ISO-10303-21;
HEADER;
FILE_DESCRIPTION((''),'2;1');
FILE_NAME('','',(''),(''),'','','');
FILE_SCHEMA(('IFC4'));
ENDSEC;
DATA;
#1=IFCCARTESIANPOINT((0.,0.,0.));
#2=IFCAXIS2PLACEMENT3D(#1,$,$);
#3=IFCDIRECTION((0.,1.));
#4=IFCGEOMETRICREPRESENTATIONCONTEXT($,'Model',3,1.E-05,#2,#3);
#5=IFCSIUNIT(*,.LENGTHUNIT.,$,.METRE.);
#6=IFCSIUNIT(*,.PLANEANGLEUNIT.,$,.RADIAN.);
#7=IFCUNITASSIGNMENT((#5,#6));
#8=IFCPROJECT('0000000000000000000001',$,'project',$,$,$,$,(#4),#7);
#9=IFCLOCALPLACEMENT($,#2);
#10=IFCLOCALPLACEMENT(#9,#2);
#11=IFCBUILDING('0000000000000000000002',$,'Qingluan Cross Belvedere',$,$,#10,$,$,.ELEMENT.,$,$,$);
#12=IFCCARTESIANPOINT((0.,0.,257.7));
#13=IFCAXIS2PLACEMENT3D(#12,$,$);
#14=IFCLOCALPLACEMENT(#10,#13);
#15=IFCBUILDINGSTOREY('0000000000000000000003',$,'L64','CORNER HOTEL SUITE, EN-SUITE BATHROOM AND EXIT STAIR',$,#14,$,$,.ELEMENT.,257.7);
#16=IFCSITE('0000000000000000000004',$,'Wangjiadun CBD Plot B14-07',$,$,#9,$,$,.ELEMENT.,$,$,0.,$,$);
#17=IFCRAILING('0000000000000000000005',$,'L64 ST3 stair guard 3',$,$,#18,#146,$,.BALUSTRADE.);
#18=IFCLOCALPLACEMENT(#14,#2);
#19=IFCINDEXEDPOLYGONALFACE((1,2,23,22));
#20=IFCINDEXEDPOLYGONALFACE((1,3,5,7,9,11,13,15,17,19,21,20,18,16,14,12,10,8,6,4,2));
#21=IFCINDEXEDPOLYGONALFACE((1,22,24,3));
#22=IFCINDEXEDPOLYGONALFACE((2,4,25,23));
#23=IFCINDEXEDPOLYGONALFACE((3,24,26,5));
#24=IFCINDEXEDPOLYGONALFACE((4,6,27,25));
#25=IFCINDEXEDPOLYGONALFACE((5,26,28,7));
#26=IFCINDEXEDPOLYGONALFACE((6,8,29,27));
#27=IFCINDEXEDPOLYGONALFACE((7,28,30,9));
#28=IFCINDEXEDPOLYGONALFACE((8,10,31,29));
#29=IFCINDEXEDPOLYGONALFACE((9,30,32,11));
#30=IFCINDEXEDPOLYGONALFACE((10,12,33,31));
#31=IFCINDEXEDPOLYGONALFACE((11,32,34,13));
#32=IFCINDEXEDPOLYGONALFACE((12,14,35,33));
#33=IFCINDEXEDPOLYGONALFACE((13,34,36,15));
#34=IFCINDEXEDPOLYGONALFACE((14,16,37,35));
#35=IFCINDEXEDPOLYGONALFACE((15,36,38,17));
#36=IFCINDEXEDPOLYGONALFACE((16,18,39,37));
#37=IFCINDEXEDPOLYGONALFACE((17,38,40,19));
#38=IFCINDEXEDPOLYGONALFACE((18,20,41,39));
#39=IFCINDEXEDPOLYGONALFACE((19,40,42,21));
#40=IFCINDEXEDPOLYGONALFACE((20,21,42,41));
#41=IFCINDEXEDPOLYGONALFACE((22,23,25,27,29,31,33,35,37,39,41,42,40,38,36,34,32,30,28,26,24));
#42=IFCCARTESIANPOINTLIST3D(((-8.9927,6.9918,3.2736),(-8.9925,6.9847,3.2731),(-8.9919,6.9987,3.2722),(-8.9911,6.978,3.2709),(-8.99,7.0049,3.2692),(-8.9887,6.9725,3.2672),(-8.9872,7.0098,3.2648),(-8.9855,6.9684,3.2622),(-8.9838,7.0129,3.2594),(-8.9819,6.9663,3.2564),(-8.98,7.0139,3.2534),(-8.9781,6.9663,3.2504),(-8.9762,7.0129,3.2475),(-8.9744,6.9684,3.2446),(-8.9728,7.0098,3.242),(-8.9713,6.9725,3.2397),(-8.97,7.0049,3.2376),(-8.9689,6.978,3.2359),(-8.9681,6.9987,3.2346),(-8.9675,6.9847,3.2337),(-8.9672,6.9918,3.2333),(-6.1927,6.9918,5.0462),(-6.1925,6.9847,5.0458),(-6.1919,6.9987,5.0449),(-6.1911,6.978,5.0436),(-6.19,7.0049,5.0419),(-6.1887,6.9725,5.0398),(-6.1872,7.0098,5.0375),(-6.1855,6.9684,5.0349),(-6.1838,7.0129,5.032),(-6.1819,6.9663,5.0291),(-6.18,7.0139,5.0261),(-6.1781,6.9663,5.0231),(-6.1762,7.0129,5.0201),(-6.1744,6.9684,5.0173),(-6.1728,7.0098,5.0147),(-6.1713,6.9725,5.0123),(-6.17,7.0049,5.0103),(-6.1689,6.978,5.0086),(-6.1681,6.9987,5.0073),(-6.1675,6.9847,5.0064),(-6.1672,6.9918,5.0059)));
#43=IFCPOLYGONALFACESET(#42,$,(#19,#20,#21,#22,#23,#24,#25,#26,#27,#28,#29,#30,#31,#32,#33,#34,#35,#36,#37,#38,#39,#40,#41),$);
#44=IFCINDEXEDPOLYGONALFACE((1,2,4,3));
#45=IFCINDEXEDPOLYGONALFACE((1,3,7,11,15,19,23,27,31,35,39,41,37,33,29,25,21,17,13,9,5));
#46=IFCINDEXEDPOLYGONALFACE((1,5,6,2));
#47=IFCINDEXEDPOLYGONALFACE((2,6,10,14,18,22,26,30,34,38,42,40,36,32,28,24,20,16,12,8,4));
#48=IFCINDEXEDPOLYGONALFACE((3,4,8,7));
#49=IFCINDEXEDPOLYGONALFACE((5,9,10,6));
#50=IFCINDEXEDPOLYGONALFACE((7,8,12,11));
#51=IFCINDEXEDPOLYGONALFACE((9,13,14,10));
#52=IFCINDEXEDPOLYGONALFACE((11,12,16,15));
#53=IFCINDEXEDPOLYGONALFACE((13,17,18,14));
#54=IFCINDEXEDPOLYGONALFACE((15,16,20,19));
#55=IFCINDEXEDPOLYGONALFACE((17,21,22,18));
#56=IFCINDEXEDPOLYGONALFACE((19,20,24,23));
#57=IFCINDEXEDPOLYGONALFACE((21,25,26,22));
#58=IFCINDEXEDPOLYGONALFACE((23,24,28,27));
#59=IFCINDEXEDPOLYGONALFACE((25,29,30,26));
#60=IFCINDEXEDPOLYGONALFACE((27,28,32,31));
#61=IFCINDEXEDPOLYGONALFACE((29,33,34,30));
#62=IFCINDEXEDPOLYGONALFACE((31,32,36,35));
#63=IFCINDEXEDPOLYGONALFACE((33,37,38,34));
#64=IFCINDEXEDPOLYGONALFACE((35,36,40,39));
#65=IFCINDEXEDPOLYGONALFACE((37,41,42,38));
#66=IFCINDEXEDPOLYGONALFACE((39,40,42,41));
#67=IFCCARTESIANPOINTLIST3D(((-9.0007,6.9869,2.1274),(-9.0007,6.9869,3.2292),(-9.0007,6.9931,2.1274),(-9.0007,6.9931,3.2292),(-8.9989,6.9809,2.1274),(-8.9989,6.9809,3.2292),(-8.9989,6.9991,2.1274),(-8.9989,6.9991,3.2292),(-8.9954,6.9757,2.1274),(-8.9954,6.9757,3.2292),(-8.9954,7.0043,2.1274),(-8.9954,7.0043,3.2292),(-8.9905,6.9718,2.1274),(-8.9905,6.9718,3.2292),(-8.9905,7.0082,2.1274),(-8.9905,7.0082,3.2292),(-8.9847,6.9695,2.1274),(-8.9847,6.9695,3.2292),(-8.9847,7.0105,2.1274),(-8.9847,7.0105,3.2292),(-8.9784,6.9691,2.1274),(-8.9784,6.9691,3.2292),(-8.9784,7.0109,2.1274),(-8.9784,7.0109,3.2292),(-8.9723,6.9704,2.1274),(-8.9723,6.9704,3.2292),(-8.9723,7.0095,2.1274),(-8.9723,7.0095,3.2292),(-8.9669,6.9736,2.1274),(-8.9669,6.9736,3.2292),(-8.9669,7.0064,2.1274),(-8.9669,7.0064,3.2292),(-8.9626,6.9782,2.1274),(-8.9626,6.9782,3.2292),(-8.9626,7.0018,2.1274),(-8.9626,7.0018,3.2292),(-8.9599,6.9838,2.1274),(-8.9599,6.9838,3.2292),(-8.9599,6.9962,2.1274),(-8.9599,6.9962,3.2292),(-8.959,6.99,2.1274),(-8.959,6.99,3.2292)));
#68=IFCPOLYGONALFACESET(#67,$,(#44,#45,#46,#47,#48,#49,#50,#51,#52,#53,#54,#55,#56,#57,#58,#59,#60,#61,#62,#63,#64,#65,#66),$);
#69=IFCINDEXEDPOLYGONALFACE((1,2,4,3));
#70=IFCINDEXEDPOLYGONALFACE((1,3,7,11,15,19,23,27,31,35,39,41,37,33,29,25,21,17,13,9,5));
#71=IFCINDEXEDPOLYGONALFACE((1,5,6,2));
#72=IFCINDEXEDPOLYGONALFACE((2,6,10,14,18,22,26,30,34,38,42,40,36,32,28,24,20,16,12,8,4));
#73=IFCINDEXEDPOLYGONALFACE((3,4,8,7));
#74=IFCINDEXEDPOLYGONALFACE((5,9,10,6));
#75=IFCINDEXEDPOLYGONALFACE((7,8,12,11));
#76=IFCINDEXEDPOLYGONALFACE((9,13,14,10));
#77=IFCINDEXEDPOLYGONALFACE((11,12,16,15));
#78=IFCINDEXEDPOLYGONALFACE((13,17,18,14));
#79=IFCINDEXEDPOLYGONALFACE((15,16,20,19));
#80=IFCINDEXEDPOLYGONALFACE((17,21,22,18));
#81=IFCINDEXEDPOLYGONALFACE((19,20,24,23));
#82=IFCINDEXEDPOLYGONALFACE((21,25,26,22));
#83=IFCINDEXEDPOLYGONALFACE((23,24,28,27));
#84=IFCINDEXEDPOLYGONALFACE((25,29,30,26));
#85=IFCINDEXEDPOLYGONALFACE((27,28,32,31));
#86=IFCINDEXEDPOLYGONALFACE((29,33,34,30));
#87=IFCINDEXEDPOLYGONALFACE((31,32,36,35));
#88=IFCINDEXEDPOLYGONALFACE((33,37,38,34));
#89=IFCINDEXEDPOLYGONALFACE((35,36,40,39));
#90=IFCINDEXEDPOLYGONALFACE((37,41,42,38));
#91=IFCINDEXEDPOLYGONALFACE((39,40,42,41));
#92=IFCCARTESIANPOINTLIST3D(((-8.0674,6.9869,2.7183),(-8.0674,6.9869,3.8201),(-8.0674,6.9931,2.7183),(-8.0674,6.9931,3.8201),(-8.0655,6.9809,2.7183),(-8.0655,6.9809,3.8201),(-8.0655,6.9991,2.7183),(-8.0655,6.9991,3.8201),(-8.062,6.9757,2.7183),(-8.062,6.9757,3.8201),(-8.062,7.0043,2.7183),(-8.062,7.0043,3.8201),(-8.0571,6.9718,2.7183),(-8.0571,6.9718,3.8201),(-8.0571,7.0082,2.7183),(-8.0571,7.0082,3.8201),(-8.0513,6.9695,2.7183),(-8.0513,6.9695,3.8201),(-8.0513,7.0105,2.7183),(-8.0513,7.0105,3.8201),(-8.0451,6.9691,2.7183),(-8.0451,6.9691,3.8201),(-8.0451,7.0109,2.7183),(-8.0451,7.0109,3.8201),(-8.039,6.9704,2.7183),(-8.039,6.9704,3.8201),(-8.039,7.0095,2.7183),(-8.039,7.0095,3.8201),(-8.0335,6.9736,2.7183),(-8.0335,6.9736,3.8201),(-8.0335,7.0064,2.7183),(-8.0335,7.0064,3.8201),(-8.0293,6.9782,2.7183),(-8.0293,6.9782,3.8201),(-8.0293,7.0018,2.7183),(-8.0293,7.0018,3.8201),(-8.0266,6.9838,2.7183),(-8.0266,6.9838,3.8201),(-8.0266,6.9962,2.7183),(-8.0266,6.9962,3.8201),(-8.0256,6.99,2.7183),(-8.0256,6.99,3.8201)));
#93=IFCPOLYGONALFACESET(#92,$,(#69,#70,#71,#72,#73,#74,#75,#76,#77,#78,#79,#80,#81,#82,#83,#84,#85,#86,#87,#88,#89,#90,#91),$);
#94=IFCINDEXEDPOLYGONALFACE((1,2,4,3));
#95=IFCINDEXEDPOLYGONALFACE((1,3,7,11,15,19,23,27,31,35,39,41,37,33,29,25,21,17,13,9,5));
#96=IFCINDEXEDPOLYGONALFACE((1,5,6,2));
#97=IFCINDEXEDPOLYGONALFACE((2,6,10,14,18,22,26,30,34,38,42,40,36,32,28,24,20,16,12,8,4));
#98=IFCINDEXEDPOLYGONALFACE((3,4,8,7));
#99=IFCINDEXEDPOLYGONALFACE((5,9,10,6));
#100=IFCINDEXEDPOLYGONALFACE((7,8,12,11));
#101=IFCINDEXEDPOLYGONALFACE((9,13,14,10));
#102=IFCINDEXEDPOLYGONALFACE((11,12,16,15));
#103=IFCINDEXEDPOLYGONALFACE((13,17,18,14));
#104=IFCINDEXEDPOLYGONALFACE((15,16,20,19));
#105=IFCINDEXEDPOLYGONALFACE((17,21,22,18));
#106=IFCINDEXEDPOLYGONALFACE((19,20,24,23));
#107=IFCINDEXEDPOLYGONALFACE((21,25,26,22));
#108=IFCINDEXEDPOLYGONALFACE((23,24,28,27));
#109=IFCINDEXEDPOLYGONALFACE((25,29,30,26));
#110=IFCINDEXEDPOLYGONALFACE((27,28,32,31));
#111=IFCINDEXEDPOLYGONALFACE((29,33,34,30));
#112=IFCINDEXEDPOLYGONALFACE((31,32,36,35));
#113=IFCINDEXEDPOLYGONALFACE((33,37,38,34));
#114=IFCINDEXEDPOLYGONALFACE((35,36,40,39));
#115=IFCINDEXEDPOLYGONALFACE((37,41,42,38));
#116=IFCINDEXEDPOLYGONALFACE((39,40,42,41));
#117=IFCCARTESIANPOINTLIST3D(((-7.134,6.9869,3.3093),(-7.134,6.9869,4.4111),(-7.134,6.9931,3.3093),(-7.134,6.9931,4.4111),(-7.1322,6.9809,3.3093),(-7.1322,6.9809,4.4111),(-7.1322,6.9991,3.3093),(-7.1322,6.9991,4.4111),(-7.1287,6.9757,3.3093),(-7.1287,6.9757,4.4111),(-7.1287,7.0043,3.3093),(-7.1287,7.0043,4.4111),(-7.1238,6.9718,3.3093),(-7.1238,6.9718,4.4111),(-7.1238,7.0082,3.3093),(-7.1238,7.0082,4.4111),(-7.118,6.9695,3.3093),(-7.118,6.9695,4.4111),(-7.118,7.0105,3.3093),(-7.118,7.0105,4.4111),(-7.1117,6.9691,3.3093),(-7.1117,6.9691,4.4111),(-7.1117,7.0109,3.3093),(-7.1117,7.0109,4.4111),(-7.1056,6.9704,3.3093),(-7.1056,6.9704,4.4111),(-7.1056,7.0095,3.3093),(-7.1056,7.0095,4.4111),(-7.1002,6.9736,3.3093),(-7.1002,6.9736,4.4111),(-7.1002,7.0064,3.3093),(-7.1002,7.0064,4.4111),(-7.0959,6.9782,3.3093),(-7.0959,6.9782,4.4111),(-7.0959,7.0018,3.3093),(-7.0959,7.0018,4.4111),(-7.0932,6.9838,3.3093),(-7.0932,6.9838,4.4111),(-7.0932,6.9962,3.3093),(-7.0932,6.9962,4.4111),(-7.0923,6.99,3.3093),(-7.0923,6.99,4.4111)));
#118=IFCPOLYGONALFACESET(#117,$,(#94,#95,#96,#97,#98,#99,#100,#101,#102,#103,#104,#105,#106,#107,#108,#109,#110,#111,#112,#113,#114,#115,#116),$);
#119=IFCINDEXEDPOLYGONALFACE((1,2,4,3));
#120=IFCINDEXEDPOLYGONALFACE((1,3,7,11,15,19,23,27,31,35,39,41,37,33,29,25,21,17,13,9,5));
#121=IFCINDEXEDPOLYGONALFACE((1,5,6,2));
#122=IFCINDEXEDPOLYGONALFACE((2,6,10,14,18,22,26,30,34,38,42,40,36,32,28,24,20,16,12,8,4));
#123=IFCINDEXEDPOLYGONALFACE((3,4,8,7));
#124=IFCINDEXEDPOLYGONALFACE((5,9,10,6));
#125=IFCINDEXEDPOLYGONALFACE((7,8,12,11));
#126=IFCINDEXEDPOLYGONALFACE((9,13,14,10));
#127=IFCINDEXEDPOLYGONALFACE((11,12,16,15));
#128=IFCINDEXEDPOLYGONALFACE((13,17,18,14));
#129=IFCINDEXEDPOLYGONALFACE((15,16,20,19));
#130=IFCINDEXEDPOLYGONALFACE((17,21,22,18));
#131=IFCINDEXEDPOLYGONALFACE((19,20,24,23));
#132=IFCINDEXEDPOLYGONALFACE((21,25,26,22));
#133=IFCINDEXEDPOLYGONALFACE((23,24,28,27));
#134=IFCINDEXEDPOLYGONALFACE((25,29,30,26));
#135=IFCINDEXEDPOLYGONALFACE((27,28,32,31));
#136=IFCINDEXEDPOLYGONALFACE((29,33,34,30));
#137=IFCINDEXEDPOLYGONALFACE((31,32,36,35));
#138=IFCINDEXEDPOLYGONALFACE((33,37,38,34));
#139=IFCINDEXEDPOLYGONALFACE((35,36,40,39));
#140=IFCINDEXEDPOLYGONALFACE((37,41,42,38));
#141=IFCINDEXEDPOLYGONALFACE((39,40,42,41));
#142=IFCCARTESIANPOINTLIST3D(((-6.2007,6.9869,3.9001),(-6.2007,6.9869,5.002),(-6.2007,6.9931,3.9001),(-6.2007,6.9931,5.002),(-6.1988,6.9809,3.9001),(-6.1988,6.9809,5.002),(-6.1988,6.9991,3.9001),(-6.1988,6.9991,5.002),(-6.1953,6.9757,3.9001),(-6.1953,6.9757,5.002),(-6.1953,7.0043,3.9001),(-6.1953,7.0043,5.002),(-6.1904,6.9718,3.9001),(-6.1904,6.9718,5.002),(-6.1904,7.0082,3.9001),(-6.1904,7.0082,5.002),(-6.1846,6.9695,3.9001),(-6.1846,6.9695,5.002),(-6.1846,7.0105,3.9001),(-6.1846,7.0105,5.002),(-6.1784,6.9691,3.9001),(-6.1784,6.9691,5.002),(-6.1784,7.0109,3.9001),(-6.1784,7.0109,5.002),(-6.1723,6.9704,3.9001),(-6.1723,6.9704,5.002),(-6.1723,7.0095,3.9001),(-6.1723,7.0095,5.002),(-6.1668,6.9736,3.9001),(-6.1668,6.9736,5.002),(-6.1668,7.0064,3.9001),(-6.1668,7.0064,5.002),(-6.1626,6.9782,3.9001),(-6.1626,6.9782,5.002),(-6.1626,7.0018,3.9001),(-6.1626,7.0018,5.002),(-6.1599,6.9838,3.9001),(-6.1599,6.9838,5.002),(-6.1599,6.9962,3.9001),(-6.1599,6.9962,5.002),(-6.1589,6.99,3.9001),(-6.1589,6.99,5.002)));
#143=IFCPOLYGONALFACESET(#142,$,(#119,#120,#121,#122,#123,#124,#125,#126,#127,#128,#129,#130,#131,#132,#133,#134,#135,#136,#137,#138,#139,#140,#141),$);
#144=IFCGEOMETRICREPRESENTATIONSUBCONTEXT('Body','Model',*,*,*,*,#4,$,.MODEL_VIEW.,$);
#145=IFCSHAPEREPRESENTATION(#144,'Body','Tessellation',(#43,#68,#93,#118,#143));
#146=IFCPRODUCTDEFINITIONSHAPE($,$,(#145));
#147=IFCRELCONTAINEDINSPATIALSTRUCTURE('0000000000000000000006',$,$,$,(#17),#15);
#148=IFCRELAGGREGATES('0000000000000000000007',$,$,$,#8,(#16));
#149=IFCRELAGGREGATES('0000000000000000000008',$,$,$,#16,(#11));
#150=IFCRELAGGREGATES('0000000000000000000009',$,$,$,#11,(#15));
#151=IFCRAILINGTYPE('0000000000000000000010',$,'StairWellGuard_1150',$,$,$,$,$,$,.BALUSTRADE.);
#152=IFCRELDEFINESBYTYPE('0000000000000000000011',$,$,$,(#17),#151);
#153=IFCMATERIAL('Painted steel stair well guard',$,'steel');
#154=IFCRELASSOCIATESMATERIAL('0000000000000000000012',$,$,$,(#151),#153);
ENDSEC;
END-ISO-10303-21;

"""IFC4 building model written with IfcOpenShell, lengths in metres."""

from ifc_helpers import new_model, si_unit, direction, frame, origin, origin_2d, place, context, subcontext, project, spatial, circle, extrude, material, type_object, element, save


model = new_model("IFC4")

# Units and contexts
model_context = context("Model", 3, precision=1e-05, world=origin(), true_north=direction((0.0, 1.0)))
body_context = subcontext(model_context, "Body", "Model", "MODEL_VIEW")
ifc_project = project(units=[si_unit("LENGTHUNIT", "METRE"), si_unit("PLANEANGLEUNIT", "RADIAN")], contexts=[model_context])

# Site, building, storey
site_placement = place(None, origin())
site = spatial("IfcSite", under=ifc_project, at=site_placement, Name="Wangjiadun CBD Plot B14-07", CompositionType="ELEMENT", RefElevation=0.0)
building_placement = place(site_placement, origin())
building = spatial("IfcBuilding", under=site, at=building_placement, Name="Qingluan Cross Belvedere", CompositionType="ELEMENT")
storey_placement = place(building_placement, frame((0.0, 0.0, 257.7)))
storey = spatial("IfcBuildingStorey", under=building, at=storey_placement, Name="L64", Description="CORNER HOTEL SUITE, EN-SUITE BATHROOM AND EXIT STAIR", CompositionType="ELEMENT", Elevation=257.7)

# Railing
ifc_material_1 = material(Name="Painted steel stair well guard", Category="steel")
railing_type_1 = type_object("IfcRailingType", Name="StairWellGuard_1150", PredefinedType="BALUSTRADE", material=ifc_material_1)
railing_1_placement = place(storey_placement, frame((-8.98, 6.99, 2.1274)))
element("IfcRailing", 1, at=railing_1_placement, inside=storey, type_object=railing_type_1, Name="L64 ST3 stair guard 3", PredefinedType="BALUSTRADE", context=body_context, shape_type="SweptSolid", body=[
    extrude(circle(Radius=0.0239, at=origin_2d()), frame((0.0, 0.0, 1.126), z_axis=(0.844909, 0.0, 0.53491), x_axis=(0.0, 1.0, 0.0)), (0.0, 0.0, 1.0), 3.314),
    extrude(circle(Radius=0.021, at=origin_2d()), origin(), (0.0, 0.0, 1.0), 1.1018),
    extrude(circle(Radius=0.021, at=origin_2d()), frame((0.9333, 0.0, 0.5908)), (0.0, 0.0, 1.0), 1.1018),
    extrude(circle(Radius=0.021, at=origin_2d()), frame((1.8667, 0.0, 1.1819)), (0.0, 0.0, 1.0), 1.1018),
    extrude(circle(Radius=0.021, at=origin_2d()), frame((2.8, 0.0, 1.7727)), (0.0, 0.0, 1.0), 1.1018),
])

save(model, "model.ifc")
